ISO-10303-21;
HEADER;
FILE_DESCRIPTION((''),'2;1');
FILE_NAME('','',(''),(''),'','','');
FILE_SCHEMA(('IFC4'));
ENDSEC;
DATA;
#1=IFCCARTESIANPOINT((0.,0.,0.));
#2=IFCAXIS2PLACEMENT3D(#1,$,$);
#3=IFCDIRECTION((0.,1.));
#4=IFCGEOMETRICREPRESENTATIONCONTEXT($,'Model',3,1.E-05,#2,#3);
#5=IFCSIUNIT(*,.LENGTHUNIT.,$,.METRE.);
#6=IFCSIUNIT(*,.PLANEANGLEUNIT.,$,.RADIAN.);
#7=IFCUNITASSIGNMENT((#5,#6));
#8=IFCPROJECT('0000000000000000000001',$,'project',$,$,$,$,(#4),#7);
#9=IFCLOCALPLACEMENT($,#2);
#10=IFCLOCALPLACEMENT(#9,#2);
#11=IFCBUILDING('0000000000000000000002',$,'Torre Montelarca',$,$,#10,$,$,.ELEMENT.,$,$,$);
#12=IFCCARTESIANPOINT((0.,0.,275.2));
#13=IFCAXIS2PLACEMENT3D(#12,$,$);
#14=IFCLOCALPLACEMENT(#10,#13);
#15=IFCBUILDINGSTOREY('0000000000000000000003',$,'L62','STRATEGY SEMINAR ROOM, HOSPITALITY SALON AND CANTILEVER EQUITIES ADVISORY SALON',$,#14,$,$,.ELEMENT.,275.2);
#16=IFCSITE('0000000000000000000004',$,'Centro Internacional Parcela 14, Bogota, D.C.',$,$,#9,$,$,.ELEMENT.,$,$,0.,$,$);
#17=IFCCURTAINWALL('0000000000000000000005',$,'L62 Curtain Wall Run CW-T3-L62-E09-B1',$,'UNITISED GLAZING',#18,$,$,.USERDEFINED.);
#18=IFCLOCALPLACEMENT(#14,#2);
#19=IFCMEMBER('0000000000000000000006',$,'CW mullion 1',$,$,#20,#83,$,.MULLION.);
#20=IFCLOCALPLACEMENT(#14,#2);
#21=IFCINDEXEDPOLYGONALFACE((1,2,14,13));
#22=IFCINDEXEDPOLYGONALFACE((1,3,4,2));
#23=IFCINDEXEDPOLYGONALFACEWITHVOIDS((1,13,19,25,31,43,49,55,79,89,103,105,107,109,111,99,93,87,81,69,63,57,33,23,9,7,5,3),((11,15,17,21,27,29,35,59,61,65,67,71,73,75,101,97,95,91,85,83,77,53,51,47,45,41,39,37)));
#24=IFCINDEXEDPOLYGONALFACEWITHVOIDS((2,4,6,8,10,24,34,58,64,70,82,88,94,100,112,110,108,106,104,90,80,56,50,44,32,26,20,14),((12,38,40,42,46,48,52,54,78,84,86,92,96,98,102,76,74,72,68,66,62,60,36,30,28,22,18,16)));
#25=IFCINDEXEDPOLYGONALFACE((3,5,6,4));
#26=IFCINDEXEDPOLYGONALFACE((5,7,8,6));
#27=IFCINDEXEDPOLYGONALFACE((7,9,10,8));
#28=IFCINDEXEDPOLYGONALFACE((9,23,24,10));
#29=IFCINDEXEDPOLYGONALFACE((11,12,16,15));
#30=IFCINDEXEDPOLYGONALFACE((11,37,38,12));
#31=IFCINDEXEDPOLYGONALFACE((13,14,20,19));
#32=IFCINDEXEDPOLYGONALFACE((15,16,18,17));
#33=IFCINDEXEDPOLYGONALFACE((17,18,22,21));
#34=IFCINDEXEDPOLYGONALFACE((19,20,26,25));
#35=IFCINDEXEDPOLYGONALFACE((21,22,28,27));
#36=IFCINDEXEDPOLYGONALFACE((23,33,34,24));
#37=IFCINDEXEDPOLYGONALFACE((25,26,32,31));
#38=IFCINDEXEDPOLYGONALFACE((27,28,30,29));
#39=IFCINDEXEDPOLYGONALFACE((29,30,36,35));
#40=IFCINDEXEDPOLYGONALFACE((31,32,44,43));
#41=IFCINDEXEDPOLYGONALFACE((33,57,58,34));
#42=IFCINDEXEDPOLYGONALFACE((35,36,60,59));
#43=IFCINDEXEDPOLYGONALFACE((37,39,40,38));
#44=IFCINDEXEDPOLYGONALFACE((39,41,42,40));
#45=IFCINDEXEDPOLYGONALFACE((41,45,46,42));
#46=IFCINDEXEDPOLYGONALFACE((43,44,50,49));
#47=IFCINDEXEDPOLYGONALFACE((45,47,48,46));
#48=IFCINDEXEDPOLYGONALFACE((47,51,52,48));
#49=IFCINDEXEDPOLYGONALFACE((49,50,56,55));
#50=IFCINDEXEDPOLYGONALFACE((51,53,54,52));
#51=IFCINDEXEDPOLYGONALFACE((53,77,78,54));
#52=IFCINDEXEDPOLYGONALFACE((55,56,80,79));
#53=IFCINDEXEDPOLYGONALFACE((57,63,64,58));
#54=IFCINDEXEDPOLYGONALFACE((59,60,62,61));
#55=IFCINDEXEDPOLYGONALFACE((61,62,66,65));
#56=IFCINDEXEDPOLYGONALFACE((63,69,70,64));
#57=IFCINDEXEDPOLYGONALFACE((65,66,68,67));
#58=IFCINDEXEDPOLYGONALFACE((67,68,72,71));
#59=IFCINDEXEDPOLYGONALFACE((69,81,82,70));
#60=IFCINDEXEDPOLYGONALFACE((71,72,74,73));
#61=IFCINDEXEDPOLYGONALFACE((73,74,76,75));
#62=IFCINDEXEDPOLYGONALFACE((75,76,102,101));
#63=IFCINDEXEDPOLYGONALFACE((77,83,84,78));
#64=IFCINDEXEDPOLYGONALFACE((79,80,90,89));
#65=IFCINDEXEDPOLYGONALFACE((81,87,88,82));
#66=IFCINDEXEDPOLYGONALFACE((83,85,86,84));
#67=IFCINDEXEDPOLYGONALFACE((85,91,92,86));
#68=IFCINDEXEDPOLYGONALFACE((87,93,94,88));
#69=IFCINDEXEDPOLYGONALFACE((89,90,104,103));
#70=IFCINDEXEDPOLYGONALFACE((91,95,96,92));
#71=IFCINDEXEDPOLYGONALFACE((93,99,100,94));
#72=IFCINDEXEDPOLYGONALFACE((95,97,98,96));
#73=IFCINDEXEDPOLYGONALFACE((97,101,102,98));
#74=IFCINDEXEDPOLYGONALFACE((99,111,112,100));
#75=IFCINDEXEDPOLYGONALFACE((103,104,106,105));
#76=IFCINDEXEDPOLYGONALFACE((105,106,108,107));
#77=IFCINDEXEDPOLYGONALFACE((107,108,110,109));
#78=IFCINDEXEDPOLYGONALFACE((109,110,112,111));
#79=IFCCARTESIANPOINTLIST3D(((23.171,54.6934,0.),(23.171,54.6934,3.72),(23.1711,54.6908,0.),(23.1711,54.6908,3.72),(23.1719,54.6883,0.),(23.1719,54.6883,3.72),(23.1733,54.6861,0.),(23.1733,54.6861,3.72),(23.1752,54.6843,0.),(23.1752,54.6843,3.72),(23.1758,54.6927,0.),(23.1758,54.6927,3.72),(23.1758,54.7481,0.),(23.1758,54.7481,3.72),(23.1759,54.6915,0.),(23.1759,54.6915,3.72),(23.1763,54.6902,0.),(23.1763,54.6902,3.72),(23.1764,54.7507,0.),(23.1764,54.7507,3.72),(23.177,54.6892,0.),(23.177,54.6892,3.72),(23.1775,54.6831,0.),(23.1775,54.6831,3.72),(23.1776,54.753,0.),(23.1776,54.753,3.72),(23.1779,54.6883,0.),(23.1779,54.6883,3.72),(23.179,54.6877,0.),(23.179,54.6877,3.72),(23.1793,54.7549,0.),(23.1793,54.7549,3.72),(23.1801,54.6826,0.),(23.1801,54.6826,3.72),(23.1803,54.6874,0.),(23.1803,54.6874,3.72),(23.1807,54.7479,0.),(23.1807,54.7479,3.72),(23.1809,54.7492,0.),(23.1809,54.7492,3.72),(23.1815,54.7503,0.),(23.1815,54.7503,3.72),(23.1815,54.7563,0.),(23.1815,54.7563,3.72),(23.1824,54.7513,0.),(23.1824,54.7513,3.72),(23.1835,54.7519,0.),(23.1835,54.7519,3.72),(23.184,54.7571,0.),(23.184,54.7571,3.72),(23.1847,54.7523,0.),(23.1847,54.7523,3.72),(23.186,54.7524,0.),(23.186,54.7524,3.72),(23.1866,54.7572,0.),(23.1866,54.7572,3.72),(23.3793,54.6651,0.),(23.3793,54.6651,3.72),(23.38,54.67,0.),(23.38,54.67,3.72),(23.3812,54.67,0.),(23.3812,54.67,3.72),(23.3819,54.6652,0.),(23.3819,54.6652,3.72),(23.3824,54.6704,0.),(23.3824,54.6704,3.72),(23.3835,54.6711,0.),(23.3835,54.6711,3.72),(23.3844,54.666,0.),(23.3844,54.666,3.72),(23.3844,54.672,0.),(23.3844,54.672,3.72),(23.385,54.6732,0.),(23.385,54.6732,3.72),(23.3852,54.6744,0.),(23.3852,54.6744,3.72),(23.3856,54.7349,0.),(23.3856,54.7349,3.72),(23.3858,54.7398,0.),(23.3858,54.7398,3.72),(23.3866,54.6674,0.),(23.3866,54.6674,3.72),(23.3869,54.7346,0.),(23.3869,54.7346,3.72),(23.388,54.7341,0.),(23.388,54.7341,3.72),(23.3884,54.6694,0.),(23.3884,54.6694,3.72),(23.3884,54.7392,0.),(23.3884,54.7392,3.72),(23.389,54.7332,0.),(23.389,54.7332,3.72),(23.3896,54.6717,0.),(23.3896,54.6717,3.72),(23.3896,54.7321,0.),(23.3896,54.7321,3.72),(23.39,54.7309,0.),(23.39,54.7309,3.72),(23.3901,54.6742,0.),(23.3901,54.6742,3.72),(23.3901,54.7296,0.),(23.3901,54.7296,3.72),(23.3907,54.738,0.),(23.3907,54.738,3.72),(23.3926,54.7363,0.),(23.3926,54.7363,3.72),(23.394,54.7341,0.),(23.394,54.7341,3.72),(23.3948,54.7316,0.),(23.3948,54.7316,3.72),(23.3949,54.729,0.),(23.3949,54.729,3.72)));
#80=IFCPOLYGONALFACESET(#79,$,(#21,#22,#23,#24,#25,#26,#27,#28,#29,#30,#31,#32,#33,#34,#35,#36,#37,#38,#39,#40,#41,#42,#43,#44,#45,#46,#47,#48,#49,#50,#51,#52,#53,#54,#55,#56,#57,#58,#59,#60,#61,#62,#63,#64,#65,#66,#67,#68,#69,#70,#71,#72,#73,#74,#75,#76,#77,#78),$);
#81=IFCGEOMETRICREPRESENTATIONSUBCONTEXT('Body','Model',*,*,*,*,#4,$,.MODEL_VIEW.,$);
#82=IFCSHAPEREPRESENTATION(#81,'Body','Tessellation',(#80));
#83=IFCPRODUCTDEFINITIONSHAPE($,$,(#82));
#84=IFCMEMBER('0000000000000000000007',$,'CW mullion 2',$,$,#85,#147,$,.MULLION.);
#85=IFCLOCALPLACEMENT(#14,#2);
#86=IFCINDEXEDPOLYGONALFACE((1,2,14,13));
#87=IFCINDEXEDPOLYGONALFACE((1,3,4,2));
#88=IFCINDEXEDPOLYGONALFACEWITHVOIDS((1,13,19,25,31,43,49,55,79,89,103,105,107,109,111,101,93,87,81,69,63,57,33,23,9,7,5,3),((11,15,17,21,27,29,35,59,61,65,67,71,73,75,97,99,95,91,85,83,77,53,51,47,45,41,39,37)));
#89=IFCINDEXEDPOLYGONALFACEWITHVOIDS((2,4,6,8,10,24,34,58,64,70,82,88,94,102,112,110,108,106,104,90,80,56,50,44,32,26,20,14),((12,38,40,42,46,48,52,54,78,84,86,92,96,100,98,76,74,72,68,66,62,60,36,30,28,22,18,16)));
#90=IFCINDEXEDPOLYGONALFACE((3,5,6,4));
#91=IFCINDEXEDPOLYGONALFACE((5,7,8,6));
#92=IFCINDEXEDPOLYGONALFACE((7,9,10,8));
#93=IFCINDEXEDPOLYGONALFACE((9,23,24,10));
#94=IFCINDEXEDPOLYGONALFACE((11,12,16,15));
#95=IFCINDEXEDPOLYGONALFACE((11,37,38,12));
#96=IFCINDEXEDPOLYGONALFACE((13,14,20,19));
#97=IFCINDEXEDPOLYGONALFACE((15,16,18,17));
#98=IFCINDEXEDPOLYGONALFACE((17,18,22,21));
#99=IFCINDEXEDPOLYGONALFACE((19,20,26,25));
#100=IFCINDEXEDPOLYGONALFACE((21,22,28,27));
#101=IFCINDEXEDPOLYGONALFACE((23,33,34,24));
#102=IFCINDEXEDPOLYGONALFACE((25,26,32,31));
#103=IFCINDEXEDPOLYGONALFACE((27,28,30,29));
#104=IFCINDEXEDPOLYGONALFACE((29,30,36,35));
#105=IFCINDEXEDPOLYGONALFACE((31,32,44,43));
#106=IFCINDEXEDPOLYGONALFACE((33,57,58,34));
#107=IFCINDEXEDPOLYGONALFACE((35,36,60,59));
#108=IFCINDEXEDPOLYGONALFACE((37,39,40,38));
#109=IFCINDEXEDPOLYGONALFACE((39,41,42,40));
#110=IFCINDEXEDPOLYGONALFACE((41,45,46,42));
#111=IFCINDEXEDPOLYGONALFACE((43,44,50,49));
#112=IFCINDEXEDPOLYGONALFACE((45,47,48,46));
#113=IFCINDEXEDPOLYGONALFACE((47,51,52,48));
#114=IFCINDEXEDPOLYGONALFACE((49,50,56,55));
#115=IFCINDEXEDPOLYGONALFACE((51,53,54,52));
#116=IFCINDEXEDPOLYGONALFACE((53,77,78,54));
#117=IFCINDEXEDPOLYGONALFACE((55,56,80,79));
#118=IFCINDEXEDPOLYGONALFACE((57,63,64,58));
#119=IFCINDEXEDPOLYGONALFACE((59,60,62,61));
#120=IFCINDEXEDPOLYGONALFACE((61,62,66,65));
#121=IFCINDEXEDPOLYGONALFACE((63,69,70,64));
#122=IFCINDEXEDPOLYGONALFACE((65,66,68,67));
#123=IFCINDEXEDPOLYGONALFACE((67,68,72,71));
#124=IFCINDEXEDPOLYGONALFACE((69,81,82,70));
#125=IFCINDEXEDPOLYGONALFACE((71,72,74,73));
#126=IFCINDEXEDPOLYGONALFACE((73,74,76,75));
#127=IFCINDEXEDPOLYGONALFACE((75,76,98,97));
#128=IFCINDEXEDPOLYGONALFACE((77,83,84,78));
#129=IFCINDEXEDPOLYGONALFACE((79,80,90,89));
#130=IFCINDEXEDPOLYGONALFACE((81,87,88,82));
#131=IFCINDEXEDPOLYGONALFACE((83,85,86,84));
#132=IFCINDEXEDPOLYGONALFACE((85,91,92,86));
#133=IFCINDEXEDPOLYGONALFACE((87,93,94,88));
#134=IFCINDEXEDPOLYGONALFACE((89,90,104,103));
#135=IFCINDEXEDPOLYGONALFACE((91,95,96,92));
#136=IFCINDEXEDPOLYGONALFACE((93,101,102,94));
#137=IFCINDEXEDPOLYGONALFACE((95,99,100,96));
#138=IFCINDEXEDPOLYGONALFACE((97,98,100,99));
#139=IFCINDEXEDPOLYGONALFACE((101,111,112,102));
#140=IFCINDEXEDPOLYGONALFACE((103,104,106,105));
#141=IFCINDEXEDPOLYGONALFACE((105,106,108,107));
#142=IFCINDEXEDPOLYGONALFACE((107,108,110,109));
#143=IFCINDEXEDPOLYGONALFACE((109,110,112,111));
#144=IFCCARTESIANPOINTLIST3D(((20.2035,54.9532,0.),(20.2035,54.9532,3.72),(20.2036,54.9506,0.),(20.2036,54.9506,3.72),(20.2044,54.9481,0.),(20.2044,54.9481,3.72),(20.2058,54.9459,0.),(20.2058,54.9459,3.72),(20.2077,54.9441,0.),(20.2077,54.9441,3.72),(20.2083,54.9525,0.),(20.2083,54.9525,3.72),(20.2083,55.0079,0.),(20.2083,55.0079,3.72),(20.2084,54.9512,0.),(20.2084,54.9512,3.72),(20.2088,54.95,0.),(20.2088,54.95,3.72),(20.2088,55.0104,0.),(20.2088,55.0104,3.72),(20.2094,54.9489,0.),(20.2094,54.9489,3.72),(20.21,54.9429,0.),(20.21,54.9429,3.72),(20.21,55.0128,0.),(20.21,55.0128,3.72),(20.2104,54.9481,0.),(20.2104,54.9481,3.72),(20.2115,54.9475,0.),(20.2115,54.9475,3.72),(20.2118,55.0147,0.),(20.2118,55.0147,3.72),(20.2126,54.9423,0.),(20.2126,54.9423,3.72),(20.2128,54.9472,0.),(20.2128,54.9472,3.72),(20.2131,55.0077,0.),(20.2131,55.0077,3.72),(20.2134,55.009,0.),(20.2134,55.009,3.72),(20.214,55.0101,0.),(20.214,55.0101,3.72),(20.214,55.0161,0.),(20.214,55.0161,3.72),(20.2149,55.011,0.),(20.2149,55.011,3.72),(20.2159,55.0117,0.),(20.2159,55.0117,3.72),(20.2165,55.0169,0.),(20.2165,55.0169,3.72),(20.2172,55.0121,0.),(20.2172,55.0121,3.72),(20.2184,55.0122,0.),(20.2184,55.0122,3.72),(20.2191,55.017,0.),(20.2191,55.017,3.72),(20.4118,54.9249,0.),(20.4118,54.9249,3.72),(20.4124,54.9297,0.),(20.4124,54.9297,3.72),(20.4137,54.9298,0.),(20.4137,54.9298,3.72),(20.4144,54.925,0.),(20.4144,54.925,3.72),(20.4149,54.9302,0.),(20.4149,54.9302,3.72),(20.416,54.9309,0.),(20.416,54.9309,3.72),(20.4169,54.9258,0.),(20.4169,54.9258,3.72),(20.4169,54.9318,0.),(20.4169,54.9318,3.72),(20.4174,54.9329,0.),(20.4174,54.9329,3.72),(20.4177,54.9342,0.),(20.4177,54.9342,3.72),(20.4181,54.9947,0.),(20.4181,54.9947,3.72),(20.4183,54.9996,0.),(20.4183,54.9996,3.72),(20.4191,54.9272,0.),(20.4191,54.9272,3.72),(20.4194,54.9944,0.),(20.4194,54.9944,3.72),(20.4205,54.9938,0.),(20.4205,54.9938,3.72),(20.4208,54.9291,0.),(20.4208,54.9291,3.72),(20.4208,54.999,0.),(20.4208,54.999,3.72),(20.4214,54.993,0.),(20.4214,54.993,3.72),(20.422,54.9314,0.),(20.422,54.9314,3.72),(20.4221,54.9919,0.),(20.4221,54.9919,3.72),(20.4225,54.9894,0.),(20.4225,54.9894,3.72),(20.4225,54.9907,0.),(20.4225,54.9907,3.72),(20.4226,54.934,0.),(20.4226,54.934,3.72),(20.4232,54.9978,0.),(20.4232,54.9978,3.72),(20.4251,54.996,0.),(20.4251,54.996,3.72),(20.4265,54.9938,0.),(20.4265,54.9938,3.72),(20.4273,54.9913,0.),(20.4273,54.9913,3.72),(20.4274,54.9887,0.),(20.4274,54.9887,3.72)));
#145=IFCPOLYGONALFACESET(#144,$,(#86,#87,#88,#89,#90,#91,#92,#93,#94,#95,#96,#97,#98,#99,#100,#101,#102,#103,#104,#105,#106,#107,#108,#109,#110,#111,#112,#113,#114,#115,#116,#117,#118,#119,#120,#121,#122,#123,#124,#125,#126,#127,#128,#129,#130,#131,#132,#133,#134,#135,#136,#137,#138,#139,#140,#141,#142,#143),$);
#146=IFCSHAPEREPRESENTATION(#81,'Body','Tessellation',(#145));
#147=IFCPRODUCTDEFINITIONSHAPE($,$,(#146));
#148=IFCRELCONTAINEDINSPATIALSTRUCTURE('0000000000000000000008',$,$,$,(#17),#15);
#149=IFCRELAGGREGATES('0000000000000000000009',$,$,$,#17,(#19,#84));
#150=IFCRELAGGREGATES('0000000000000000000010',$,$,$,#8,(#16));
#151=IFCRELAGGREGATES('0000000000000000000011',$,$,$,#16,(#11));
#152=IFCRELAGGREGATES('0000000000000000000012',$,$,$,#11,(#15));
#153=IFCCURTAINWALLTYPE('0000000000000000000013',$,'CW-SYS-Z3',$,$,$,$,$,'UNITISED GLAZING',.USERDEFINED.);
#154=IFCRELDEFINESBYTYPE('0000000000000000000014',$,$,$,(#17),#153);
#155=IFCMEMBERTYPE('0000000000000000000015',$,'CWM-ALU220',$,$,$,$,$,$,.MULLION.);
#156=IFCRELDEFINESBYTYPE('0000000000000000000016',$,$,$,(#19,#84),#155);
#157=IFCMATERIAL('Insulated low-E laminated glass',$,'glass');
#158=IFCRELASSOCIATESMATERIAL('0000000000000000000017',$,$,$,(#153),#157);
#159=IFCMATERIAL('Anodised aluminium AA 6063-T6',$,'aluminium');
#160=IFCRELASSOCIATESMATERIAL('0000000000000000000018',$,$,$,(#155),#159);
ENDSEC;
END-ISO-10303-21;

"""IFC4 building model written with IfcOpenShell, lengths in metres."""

from ifc_helpers import new_model, si_unit, direction, frame, origin, origin_2d, place, context, subcontext, project, spatial, hollow_rectangle, extrude, source, transform, mapped, material, material_profile, profile_set, type_object, element, aggregate, save


model = new_model("IFC4")

# Units and contexts
model_context = context("Model", 3, precision=1e-05, world=origin(), true_north=direction((0.0, 1.0)))
body_context = subcontext(model_context, "Body", "Model", "MODEL_VIEW")
ifc_project = project(units=[si_unit("LENGTHUNIT", "METRE"), si_unit("PLANEANGLEUNIT", "RADIAN")], contexts=[model_context])

# Site, building, storey
site_placement = place(None, origin())
site = spatial("IfcSite", under=ifc_project, at=site_placement, Name="Centro Internacional Parcela 14, Bogota, D.C.", CompositionType="ELEMENT", RefElevation=0.0)
building_placement = place(site_placement, origin())
building = spatial("IfcBuilding", under=site, at=building_placement, Name="Torre Montelarca", CompositionType="ELEMENT")
storey_placement = place(building_placement, frame((0.0, 0.0, 275.2)))
storey = spatial("IfcBuildingStorey", under=building, at=storey_placement, Name="L62", Description="STRATEGY SEMINAR ROOM, HOSPITALITY SALON AND CANTILEVER EQUITIES ADVISORY SALON", CompositionType="ELEMENT", Elevation=275.2)

# Curtain wall, members
ifc_material_1 = material(Name="Insulated low-E laminated glass", Category="glass")
curtain_wall_type = type_object("IfcCurtainWallType", Name="CW-SYS-Z3", ElementType="UNITISED GLAZING", PredefinedType="USERDEFINED", material=ifc_material_1)
curtain_wall_placement = place(storey_placement, origin())
curtain_wall = element("IfcCurtainWall", 1, at=curtain_wall_placement, inside=storey, type_object=curtain_wall_type, Name="L62 Curtain Wall Run CW-T3-L62-E09-B1", ObjectType="UNITISED GLAZING", PredefinedType="USERDEFINED")
ifc_material_2 = material(Name="Anodised aluminium AA 6063-T6", Category="aluminium")
ifc_material_profile_1 = material_profile(ifc_material_2, hollow_rectangle(XDim=0.075, YDim=0.22, WallThickness=0.0049, InnerFilletRadius=0.0049, OuterFilletRadius=0.01, at=origin_2d()), Name="ALU75X220X5", Category="aluminium")
ifc_profile_set_1 = profile_set([ifc_material_profile_1], Name="Anodised aluminium AA 6063-T6")
member_type_1 = type_object("IfcMemberType", Name="CWM-ALU220", PredefinedType="MULLION", material=ifc_profile_set_1)
shared_shape_1 = source(origin(), body_context, "Body", "SweptSolid", [
    extrude(hollow_rectangle(XDim=0.075, YDim=0.22, WallThickness=0.0049, InnerFilletRadius=0.0049, OuterFilletRadius=0.01, at=origin_2d()), origin(), (0.0, 0.0, 1.0), 3.72),
])
member_1_placement = place(storey_placement, frame((23.283, 54.7112, 0.0), z_axis=(0.0, 0.0, 1.0), x_axis=(-0.087165, -0.996194, 0.0)))
member_1 = element("IfcMember", 2, at=member_1_placement, type_object=member_type_1, Name="CW mullion 1", PredefinedType="MULLION", context=body_context, shape_type="MappedRepresentation", body=[
    mapped(shared_shape_1, transform((0.0, 0.0, 0.0), scale=1.0)),
])
member_2_placement = place(storey_placement, frame((20.3154, 54.9709, 0.0), z_axis=(0.0, 0.0, 1.0), x_axis=(-0.087165, -0.996194, 0.0)))
member_2 = element("IfcMember", 3, at=member_2_placement, type_object=member_type_1, Name="CW mullion 2", PredefinedType="MULLION", context=body_context, shape_type="MappedRepresentation", body=[
    mapped(shared_shape_1, transform((0.0, 0.0, 0.0), scale=1.0)),
])
aggregate(curtain_wall, [member_1, member_2])

save(model, "model.ifc")
